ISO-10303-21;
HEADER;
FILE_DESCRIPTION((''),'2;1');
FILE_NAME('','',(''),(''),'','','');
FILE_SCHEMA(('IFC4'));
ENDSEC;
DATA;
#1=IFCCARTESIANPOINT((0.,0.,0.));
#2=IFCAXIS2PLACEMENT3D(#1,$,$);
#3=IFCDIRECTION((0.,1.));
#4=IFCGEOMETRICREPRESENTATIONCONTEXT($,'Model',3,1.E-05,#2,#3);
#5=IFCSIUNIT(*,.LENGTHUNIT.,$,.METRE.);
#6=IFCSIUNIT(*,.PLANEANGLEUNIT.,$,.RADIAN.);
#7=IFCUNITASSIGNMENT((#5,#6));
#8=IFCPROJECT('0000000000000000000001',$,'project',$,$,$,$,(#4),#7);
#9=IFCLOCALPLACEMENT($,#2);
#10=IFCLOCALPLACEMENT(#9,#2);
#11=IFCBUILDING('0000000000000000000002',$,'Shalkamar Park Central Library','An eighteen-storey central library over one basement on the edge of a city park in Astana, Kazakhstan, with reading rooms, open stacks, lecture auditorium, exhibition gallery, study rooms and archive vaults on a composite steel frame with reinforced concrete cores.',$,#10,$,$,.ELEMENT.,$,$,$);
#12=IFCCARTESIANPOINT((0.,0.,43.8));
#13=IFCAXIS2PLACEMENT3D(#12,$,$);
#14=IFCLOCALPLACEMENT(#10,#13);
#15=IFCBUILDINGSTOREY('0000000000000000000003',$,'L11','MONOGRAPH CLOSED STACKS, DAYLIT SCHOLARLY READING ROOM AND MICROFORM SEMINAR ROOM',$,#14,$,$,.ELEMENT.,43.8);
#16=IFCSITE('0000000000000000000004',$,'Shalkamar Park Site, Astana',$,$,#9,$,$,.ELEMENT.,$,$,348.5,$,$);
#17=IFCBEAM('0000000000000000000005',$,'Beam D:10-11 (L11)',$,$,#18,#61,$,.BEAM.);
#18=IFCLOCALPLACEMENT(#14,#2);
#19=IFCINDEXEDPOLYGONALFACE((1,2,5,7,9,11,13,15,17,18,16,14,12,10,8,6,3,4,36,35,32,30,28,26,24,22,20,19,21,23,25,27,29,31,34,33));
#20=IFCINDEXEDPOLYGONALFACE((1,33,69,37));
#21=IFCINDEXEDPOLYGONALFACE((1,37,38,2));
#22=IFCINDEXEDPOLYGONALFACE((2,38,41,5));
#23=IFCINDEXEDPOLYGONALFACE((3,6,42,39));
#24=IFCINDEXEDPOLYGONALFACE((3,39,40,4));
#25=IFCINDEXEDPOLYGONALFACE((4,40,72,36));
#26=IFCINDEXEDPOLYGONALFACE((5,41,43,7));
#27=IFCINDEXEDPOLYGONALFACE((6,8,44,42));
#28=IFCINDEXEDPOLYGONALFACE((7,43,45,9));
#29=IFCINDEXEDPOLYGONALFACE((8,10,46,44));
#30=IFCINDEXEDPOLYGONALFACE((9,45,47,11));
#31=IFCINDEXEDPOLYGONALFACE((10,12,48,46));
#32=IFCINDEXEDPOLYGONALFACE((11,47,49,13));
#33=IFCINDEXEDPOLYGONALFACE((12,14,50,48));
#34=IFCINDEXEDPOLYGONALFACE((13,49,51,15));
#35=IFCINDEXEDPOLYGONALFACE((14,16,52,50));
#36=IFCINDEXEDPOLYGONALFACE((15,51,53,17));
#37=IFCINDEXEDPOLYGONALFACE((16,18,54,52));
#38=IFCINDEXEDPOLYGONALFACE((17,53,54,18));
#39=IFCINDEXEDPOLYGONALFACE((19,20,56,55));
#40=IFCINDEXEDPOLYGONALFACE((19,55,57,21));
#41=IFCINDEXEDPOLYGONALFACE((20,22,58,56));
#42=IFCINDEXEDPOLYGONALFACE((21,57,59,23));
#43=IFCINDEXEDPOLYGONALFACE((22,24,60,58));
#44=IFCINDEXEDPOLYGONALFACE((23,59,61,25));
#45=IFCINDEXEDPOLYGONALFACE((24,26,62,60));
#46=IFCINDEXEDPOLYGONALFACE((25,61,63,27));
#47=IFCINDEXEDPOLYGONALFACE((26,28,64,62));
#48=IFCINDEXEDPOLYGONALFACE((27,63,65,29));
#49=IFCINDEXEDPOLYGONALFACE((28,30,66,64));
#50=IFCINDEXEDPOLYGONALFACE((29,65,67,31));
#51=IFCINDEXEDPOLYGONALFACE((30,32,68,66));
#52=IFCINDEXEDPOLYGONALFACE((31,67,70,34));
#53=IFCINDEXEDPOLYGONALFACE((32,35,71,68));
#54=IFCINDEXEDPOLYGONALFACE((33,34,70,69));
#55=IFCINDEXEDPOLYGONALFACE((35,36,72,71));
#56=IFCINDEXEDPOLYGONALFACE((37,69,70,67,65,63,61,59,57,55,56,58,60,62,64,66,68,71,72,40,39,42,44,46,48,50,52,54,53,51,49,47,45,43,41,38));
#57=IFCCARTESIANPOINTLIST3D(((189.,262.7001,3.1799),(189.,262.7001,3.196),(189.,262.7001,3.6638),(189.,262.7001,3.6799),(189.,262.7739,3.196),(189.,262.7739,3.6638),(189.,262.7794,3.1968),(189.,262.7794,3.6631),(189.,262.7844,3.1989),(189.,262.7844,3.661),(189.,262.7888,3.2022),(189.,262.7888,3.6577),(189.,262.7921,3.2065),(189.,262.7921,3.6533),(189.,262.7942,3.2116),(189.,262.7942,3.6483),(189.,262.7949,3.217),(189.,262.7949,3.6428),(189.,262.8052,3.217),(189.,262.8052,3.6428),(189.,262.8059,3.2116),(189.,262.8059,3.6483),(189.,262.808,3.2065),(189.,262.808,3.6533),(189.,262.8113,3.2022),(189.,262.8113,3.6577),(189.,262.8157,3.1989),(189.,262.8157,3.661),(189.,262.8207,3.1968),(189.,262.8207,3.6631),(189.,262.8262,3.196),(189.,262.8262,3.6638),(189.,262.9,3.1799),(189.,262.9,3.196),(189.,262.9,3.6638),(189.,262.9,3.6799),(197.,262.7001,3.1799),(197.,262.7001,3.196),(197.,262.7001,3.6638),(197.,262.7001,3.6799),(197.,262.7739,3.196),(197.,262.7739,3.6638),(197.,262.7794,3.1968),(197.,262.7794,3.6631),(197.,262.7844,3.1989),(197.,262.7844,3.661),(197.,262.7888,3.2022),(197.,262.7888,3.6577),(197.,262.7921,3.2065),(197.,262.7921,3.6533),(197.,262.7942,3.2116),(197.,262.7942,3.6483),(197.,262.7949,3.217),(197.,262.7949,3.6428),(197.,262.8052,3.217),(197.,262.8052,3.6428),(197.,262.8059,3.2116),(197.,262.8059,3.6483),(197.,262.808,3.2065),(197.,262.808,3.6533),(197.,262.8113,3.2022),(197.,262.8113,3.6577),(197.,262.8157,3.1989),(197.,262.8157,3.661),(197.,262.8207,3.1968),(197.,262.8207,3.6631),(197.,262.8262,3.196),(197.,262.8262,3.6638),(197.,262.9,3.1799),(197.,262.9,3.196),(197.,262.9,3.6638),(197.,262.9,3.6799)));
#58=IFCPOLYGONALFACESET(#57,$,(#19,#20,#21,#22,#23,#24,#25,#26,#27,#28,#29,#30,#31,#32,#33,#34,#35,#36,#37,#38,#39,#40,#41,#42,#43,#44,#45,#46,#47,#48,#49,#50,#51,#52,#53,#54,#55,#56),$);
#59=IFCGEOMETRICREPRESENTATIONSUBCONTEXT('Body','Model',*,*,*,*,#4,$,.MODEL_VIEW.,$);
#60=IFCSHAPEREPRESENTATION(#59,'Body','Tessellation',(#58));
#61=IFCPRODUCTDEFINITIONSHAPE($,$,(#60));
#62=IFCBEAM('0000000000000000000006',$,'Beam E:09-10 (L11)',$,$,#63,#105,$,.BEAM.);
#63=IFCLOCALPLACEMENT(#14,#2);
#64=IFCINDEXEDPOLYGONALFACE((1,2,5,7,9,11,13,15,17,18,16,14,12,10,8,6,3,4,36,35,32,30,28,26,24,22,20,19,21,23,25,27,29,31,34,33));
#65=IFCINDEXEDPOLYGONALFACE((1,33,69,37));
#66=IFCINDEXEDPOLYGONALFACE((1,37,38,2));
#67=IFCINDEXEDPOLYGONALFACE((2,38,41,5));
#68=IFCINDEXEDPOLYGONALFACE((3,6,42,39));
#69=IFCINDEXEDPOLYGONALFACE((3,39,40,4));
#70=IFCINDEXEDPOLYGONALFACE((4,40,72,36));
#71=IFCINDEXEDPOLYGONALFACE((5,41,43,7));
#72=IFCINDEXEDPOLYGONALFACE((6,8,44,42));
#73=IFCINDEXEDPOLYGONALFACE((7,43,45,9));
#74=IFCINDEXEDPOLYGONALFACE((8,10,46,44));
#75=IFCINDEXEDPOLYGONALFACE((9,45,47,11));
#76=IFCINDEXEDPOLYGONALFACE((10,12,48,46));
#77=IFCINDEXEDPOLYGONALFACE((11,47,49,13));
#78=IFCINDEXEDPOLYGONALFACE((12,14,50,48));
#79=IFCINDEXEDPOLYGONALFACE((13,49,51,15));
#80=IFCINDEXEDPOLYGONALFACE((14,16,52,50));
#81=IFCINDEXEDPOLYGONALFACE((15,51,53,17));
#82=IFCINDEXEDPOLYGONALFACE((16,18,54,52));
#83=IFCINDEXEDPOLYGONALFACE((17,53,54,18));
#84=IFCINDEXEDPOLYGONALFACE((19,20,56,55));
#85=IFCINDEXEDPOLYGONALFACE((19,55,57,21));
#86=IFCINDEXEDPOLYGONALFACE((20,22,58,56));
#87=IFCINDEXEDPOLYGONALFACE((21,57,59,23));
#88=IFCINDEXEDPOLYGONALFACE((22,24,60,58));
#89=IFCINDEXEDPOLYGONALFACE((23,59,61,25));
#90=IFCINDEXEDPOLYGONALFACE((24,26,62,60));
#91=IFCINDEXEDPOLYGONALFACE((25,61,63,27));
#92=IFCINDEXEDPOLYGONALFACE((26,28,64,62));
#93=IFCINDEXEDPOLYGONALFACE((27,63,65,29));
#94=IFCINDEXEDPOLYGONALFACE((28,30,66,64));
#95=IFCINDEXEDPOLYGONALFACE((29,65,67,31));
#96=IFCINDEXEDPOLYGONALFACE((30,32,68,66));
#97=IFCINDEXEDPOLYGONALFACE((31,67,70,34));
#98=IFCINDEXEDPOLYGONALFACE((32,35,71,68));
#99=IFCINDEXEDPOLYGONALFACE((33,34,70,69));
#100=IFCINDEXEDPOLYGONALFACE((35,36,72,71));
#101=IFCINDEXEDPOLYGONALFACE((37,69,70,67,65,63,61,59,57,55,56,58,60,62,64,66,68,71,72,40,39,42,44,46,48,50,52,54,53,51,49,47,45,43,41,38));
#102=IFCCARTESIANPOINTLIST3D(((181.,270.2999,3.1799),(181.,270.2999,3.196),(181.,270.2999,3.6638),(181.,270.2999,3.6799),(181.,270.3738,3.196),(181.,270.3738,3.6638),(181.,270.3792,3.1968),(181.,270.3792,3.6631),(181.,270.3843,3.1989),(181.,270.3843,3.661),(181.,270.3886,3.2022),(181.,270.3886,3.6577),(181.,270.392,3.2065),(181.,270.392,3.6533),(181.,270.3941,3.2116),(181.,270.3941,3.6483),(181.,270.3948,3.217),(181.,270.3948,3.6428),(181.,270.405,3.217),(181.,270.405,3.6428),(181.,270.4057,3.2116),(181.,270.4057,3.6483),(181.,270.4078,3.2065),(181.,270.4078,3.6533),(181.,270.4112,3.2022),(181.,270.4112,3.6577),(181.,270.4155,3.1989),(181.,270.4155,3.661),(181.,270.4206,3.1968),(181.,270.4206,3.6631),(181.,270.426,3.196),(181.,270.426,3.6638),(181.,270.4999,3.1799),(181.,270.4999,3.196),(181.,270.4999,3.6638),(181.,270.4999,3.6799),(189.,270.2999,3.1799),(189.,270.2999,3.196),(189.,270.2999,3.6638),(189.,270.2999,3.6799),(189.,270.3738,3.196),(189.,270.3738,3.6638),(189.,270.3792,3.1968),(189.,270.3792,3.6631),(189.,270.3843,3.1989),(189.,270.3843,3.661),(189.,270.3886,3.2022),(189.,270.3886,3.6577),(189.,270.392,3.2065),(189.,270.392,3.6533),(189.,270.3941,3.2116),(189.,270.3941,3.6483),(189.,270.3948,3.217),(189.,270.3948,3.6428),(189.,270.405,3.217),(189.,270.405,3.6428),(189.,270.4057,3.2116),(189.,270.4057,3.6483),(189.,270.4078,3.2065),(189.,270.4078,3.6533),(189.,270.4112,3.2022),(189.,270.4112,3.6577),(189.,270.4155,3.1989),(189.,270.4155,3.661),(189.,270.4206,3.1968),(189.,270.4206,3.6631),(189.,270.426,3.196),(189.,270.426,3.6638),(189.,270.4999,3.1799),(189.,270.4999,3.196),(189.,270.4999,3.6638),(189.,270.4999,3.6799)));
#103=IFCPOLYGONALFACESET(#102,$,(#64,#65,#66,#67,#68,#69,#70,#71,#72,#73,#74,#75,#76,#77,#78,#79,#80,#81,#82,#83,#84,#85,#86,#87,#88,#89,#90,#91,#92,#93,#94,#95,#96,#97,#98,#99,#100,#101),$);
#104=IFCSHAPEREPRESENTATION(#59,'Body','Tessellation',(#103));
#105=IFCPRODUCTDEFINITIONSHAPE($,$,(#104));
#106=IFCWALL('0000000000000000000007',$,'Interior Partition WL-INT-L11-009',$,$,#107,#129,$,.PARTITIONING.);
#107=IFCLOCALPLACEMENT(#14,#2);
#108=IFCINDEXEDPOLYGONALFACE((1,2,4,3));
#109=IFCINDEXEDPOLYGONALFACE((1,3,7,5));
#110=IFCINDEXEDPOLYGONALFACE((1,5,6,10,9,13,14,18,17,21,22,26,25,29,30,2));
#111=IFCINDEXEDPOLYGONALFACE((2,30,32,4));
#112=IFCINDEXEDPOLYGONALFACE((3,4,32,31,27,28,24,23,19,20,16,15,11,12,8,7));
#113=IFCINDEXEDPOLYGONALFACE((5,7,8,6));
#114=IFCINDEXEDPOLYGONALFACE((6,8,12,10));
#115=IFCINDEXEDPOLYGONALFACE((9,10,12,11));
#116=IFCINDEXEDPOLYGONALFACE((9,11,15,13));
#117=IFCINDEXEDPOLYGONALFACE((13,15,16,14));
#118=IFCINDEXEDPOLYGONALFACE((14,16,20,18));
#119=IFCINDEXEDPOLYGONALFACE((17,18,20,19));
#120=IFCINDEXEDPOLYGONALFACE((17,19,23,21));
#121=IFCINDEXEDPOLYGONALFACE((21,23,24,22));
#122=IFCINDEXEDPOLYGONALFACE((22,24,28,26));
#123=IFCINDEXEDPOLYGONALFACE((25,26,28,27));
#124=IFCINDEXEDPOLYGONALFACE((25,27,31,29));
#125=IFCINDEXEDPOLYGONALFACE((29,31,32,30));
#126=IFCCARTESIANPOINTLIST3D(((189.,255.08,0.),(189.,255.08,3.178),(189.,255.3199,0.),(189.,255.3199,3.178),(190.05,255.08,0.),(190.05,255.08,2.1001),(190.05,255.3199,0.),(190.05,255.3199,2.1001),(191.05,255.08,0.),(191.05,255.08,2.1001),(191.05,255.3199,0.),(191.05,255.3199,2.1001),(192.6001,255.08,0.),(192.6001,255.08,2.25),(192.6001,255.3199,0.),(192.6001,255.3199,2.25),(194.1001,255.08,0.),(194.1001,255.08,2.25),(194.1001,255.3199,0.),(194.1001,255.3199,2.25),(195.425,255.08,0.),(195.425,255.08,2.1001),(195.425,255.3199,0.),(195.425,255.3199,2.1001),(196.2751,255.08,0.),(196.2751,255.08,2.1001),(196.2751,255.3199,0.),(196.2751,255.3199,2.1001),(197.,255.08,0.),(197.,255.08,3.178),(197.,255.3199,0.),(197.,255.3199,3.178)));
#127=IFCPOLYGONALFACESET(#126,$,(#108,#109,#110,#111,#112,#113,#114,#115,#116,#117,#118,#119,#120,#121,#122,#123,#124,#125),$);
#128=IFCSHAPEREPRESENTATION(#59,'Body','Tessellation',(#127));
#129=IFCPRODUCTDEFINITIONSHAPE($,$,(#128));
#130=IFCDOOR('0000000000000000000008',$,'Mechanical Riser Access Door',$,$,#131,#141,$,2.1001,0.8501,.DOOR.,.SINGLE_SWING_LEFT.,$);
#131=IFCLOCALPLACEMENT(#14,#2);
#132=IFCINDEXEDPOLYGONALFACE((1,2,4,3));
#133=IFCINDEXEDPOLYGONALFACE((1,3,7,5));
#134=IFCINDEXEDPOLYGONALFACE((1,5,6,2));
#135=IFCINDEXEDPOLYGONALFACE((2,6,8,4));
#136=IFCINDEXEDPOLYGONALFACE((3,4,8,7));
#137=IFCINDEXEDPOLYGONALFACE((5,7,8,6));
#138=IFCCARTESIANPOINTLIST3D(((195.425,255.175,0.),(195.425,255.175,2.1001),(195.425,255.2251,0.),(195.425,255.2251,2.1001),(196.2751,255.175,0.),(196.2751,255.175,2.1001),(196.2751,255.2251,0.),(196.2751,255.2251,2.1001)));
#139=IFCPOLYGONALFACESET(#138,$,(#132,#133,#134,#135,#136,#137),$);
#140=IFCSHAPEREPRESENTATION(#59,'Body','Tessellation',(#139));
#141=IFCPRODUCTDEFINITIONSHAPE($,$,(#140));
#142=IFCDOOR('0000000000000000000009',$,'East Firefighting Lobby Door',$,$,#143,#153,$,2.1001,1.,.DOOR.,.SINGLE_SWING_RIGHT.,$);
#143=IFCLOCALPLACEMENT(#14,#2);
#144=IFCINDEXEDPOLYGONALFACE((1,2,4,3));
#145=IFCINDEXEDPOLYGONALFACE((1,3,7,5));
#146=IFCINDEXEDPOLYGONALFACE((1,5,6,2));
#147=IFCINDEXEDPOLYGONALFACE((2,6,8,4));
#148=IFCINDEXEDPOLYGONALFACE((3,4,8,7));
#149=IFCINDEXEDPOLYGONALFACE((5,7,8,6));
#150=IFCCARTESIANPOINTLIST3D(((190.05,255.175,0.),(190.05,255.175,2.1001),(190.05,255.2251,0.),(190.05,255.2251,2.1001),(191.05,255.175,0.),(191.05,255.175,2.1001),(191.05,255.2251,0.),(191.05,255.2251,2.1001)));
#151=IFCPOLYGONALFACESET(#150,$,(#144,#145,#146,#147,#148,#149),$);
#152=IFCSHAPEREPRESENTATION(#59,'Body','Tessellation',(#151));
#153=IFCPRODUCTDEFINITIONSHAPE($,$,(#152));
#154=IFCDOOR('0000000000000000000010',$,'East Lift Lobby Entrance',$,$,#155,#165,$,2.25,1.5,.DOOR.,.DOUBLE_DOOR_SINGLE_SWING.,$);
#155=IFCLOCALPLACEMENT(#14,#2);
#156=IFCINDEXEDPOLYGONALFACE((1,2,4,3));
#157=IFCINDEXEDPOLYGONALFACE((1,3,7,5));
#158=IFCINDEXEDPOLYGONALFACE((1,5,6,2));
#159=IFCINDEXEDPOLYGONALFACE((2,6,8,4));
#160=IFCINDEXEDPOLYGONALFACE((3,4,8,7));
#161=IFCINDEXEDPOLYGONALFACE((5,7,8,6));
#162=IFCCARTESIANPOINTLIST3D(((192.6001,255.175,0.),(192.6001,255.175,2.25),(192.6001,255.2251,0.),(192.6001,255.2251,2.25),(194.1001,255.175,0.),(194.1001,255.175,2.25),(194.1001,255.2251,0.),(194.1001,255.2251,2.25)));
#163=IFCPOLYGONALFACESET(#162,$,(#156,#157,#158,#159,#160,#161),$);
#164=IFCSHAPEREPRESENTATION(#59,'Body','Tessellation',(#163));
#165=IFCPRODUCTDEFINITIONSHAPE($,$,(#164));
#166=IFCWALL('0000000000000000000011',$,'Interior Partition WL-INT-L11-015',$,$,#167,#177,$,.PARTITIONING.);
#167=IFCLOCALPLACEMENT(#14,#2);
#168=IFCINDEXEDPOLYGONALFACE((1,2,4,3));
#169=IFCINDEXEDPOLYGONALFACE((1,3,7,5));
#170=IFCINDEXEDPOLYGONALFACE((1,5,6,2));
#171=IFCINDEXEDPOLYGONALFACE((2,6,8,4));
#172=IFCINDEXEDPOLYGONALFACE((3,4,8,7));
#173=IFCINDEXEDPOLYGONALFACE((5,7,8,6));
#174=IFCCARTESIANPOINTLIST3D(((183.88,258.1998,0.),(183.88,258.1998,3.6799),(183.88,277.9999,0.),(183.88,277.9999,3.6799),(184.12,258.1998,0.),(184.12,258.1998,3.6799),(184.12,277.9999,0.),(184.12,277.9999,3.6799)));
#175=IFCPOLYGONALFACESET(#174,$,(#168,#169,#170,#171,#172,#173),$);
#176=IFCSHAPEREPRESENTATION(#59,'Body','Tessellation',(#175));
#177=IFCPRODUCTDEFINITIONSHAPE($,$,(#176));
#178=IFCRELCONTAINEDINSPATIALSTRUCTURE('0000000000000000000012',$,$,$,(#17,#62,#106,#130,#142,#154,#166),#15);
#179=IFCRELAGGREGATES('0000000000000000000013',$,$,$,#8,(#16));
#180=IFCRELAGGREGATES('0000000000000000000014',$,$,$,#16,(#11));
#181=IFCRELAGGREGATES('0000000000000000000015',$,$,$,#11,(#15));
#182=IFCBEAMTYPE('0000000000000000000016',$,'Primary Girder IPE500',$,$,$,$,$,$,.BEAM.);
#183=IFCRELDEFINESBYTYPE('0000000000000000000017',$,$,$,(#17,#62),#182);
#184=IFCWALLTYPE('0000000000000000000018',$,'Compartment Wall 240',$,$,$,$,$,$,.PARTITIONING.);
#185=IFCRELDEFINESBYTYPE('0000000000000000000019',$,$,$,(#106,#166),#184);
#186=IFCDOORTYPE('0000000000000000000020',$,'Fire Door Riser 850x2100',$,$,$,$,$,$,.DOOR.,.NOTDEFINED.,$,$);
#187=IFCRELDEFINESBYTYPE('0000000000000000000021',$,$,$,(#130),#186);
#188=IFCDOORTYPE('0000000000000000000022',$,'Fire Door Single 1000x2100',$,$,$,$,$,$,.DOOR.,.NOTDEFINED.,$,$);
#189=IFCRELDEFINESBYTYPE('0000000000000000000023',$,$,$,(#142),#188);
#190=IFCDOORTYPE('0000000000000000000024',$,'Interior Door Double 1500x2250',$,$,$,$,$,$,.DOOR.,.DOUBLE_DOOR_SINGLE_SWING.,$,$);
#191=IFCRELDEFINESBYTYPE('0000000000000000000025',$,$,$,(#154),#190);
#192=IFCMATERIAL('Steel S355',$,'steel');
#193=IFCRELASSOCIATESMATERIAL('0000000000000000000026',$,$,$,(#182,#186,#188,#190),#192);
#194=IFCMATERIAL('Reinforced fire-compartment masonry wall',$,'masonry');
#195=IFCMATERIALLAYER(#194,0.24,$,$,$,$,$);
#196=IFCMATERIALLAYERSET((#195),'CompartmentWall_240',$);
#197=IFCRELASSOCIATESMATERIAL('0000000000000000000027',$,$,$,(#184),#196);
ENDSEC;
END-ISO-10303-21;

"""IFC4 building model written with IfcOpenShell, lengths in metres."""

from ifc_helpers import new_model, si_unit, direction, frame, frame_2d, origin, origin_2d, place, context, subcontext, project, spatial, rectangle, i_section, extrude, material, layer, layer_set, material_profile, profile_set, type_object, element, fill, save


model = new_model("IFC4")

# Units and contexts
model_context = context("Model", 3, precision=1e-05, world=origin(), true_north=direction((0.0, 1.0)))
body_context = subcontext(model_context, "Body", "Model", "MODEL_VIEW")
ifc_project = project(units=[si_unit("LENGTHUNIT", "METRE"), si_unit("PLANEANGLEUNIT", "RADIAN")], contexts=[model_context])

# Site, building, storey
site_placement = place(None, origin())
site = spatial("IfcSite", under=ifc_project, at=site_placement, Name="Shalkamar Park Site, Astana", CompositionType="ELEMENT", RefElevation=348.5)
building_placement = place(site_placement, origin())
building = spatial("IfcBuilding", under=site, at=building_placement, Name="Shalkamar Park Central Library", Description="An eighteen-storey central library over one basement on the edge of a city park in Astana, Kazakhstan, with reading rooms, open stacks, lecture auditorium, exhibition gallery, study rooms and archive vaults on a composite steel frame with reinforced concrete cores.", CompositionType="ELEMENT")
storey_placement = place(building_placement, frame((0.0, 0.0, 43.8)))
storey = spatial("IfcBuildingStorey", under=building, at=storey_placement, Name="L11", Description="MONOGRAPH CLOSED STACKS, DAYLIT SCHOLARLY READING ROOM AND MICROFORM SEMINAR ROOM", CompositionType="ELEMENT", Elevation=43.8)

# Shared definitions
ifc_material_1 = material(Name="Steel S355", Category="steel")

# Beams
ifc_material_profile_1 = material_profile(ifc_material_1, i_section(OverallWidth=0.2, OverallDepth=0.5, WebThickness=0.0103, FlangeThickness=0.0161, FilletRadius=0.021, at=origin_2d()), Name="IPE 500")
ifc_profile_set_1 = profile_set([ifc_material_profile_1], Name="Steel S355")
beam_type_1 = type_object("IfcBeamType", Name="Primary Girder IPE500", PredefinedType="BEAM", material=ifc_profile_set_1)
for number, where, z_axis, x_axis, name in (
    (1, (189.0, 262.8, 3.4299), (1.0, 0.0, 0.0), (0.0, 1.0, 0.0), "Beam D:10-11 (L11)"),
    (2, (181.0, 270.3999, 3.4299), (1.0, 0.0, 0.0), (0.0, 1.0, 0.0), "Beam E:09-10 (L11)"),
):
    element("IfcBeam", number, at=place(storey_placement, frame(where, z_axis=z_axis, x_axis=x_axis)), inside=storey, type_object=beam_type_1, Name=name, PredefinedType="BEAM", context=body_context, shape_type="SweptSolid", body=[
        extrude(i_section(OverallWidth=0.2, OverallDepth=0.5, WebThickness=0.0103, FlangeThickness=0.0161, FilletRadius=0.021, at=origin_2d()), origin(), (0.0, 0.0, 1.0), 8.0),
    ])

# Wall, openings, doors
ifc_material_2 = material(Name="Reinforced fire-compartment masonry wall", Category="masonry")
ifc_layer = layer(ifc_material_2, 0.24)
ifc_layer_set = layer_set([ifc_layer], Name="CompartmentWall_240")
wall_type = type_object("IfcWallType", Name="Compartment Wall 240", PredefinedType="PARTITIONING", material=ifc_layer_set)
wall_1_placement = place(storey_placement, frame((189.0, 255.2, 0.0), z_axis=(0.0, 0.0, 1.0), x_axis=(1.0, 0.0, 0.0)))
wall_1 = element("IfcWall", 3, at=wall_1_placement, inside=storey, type_object=wall_type, Name="Interior Partition WL-INT-L11-009", PredefinedType="PARTITIONING", context=body_context, shape_type="SweptSolid", body=[
    extrude(rectangle(XDim=8.0, YDim=0.24, at=frame_2d((4.0, 0.0))), origin(), (0.0, 0.0, 1.0), 3.178),
])
opening_1_placement = place(wall_1_placement, frame((1.05, 0.0, 0.0)))
opening_1 = element("IfcOpeningElement", 4, at=opening_1_placement, cuts=wall_1, PredefinedType="OPENING", context=body_context, shape_type="SweptSolid", body=[
    extrude(rectangle(XDim=1.0, YDim=2.1001, at=frame_2d((0.5, 1.05))), frame((0.0, 0.1348, 0.0), z_axis=(0.0, -1.0, 0.0), x_axis=(1.0, 0.0, 0.0)), (0.0, 0.0, 1.0), 0.2698),
])
opening_2_placement = place(wall_1_placement, frame((3.6001, 0.0, 0.0)))
opening_2 = element("IfcOpeningElement", 5, at=opening_2_placement, cuts=wall_1, PredefinedType="OPENING", context=body_context, shape_type="SweptSolid", body=[
    extrude(rectangle(XDim=1.5, YDim=2.25, at=frame_2d((0.75, 1.125))), frame((0.0, 0.1348, 0.0), z_axis=(0.0, -1.0, 0.0), x_axis=(1.0, 0.0, 0.0)), (0.0, 0.0, 1.0), 0.2698),
])
opening_3_placement = place(wall_1_placement, frame((6.425, 0.0, 0.0)))
opening_3 = element("IfcOpeningElement", 6, at=opening_3_placement, cuts=wall_1, PredefinedType="OPENING", context=body_context, shape_type="SweptSolid", body=[
    extrude(rectangle(XDim=0.8501, YDim=2.1001, at=frame_2d((0.425, 1.05))), frame((0.0, 0.1348, 0.0), z_axis=(0.0, -1.0, 0.0), x_axis=(1.0, 0.0, 0.0)), (0.0, 0.0, 1.0), 0.2698),
])
door_type_1 = type_object("IfcDoorType", Name="Fire Door Riser 850x2100", OperationType="NOTDEFINED", PredefinedType="DOOR", material=ifc_material_1)
door_1_placement = place(opening_3_placement, frame((0.8501, 0.0, 0.0), z_axis=(0.0, 0.0, 1.0), x_axis=(-1.0, 0.0, 0.0)))
door_1 = element("IfcDoor", 7, at=door_1_placement, inside=storey, type_object=door_type_1, Name="Mechanical Riser Access Door", OperationType="SINGLE_SWING_LEFT", OverallHeight=2.1001, OverallWidth=0.8501, PredefinedType="DOOR", context=body_context, shape_type="SweptSolid", body=[
    extrude(rectangle(XDim=0.8501, YDim=2.1001, at=frame_2d((0.425, 1.05))), frame((0.0, 0.0249, 0.0), z_axis=(0.0, -1.0, 0.0), x_axis=(1.0, 0.0, 0.0)), (0.0, 0.0, 1.0), 0.05),
])
fill(opening_3, door_1)
door_type_2 = type_object("IfcDoorType", Name="Fire Door Single 1000x2100", OperationType="NOTDEFINED", PredefinedType="DOOR", material=ifc_material_1)
door_2_placement = place(opening_1_placement, frame((1.0, 0.0, 0.0), z_axis=(0.0, 0.0, 1.0), x_axis=(-1.0, 0.0, 0.0)))
door_2 = element("IfcDoor", 8, at=door_2_placement, inside=storey, type_object=door_type_2, Name="East Firefighting Lobby Door", OperationType="SINGLE_SWING_RIGHT", OverallHeight=2.1001, OverallWidth=1.0, PredefinedType="DOOR", context=body_context, shape_type="SweptSolid", body=[
    extrude(rectangle(XDim=1.0, YDim=2.1001, at=frame_2d((0.5, 1.05))), frame((0.0, 0.0249, 0.0), z_axis=(0.0, -1.0, 0.0), x_axis=(1.0, 0.0, 0.0)), (0.0, 0.0, 1.0), 0.05),
])
fill(opening_1, door_2)
door_type_3 = type_object("IfcDoorType", Name="Interior Door Double 1500x2250", OperationType="DOUBLE_DOOR_SINGLE_SWING", PredefinedType="DOOR", material=ifc_material_1)
door_3_placement = place(opening_2_placement, frame((1.5, 0.0, 0.0), z_axis=(0.0, 0.0, 1.0), x_axis=(-1.0, 0.0, 0.0)))
door_3 = element("IfcDoor", 9, at=door_3_placement, inside=storey, type_object=door_type_3, Name="East Lift Lobby Entrance", OperationType="DOUBLE_DOOR_SINGLE_SWING", OverallHeight=2.25, OverallWidth=1.5, PredefinedType="DOOR", context=body_context, shape_type="SweptSolid", body=[
    extrude(rectangle(XDim=1.5, YDim=2.25, at=frame_2d((0.75, 1.125))), frame((0.0, 0.0249, 0.0), z_axis=(0.0, -1.0, 0.0), x_axis=(1.0, 0.0, 0.0)), (0.0, 0.0, 1.0), 0.05),
])
fill(opening_2, door_3)

# Wall
wall_2_placement = place(storey_placement, frame((184.0, 258.2, 0.0), z_axis=(0.0, 0.0, 1.0), x_axis=(0.0, 1.0, 0.0)))
element("IfcWall", 10, at=wall_2_placement, inside=storey, type_object=wall_type, Name="Interior Partition WL-INT-L11-015", PredefinedType="PARTITIONING", context=body_context, shape_type="SweptSolid", body=[
    extrude(rectangle(XDim=19.8, YDim=0.24, at=frame_2d((9.8999, 0.0))), origin(), (0.0, 0.0, 1.0), 3.6799),
])

save(model, "model.ifc")
